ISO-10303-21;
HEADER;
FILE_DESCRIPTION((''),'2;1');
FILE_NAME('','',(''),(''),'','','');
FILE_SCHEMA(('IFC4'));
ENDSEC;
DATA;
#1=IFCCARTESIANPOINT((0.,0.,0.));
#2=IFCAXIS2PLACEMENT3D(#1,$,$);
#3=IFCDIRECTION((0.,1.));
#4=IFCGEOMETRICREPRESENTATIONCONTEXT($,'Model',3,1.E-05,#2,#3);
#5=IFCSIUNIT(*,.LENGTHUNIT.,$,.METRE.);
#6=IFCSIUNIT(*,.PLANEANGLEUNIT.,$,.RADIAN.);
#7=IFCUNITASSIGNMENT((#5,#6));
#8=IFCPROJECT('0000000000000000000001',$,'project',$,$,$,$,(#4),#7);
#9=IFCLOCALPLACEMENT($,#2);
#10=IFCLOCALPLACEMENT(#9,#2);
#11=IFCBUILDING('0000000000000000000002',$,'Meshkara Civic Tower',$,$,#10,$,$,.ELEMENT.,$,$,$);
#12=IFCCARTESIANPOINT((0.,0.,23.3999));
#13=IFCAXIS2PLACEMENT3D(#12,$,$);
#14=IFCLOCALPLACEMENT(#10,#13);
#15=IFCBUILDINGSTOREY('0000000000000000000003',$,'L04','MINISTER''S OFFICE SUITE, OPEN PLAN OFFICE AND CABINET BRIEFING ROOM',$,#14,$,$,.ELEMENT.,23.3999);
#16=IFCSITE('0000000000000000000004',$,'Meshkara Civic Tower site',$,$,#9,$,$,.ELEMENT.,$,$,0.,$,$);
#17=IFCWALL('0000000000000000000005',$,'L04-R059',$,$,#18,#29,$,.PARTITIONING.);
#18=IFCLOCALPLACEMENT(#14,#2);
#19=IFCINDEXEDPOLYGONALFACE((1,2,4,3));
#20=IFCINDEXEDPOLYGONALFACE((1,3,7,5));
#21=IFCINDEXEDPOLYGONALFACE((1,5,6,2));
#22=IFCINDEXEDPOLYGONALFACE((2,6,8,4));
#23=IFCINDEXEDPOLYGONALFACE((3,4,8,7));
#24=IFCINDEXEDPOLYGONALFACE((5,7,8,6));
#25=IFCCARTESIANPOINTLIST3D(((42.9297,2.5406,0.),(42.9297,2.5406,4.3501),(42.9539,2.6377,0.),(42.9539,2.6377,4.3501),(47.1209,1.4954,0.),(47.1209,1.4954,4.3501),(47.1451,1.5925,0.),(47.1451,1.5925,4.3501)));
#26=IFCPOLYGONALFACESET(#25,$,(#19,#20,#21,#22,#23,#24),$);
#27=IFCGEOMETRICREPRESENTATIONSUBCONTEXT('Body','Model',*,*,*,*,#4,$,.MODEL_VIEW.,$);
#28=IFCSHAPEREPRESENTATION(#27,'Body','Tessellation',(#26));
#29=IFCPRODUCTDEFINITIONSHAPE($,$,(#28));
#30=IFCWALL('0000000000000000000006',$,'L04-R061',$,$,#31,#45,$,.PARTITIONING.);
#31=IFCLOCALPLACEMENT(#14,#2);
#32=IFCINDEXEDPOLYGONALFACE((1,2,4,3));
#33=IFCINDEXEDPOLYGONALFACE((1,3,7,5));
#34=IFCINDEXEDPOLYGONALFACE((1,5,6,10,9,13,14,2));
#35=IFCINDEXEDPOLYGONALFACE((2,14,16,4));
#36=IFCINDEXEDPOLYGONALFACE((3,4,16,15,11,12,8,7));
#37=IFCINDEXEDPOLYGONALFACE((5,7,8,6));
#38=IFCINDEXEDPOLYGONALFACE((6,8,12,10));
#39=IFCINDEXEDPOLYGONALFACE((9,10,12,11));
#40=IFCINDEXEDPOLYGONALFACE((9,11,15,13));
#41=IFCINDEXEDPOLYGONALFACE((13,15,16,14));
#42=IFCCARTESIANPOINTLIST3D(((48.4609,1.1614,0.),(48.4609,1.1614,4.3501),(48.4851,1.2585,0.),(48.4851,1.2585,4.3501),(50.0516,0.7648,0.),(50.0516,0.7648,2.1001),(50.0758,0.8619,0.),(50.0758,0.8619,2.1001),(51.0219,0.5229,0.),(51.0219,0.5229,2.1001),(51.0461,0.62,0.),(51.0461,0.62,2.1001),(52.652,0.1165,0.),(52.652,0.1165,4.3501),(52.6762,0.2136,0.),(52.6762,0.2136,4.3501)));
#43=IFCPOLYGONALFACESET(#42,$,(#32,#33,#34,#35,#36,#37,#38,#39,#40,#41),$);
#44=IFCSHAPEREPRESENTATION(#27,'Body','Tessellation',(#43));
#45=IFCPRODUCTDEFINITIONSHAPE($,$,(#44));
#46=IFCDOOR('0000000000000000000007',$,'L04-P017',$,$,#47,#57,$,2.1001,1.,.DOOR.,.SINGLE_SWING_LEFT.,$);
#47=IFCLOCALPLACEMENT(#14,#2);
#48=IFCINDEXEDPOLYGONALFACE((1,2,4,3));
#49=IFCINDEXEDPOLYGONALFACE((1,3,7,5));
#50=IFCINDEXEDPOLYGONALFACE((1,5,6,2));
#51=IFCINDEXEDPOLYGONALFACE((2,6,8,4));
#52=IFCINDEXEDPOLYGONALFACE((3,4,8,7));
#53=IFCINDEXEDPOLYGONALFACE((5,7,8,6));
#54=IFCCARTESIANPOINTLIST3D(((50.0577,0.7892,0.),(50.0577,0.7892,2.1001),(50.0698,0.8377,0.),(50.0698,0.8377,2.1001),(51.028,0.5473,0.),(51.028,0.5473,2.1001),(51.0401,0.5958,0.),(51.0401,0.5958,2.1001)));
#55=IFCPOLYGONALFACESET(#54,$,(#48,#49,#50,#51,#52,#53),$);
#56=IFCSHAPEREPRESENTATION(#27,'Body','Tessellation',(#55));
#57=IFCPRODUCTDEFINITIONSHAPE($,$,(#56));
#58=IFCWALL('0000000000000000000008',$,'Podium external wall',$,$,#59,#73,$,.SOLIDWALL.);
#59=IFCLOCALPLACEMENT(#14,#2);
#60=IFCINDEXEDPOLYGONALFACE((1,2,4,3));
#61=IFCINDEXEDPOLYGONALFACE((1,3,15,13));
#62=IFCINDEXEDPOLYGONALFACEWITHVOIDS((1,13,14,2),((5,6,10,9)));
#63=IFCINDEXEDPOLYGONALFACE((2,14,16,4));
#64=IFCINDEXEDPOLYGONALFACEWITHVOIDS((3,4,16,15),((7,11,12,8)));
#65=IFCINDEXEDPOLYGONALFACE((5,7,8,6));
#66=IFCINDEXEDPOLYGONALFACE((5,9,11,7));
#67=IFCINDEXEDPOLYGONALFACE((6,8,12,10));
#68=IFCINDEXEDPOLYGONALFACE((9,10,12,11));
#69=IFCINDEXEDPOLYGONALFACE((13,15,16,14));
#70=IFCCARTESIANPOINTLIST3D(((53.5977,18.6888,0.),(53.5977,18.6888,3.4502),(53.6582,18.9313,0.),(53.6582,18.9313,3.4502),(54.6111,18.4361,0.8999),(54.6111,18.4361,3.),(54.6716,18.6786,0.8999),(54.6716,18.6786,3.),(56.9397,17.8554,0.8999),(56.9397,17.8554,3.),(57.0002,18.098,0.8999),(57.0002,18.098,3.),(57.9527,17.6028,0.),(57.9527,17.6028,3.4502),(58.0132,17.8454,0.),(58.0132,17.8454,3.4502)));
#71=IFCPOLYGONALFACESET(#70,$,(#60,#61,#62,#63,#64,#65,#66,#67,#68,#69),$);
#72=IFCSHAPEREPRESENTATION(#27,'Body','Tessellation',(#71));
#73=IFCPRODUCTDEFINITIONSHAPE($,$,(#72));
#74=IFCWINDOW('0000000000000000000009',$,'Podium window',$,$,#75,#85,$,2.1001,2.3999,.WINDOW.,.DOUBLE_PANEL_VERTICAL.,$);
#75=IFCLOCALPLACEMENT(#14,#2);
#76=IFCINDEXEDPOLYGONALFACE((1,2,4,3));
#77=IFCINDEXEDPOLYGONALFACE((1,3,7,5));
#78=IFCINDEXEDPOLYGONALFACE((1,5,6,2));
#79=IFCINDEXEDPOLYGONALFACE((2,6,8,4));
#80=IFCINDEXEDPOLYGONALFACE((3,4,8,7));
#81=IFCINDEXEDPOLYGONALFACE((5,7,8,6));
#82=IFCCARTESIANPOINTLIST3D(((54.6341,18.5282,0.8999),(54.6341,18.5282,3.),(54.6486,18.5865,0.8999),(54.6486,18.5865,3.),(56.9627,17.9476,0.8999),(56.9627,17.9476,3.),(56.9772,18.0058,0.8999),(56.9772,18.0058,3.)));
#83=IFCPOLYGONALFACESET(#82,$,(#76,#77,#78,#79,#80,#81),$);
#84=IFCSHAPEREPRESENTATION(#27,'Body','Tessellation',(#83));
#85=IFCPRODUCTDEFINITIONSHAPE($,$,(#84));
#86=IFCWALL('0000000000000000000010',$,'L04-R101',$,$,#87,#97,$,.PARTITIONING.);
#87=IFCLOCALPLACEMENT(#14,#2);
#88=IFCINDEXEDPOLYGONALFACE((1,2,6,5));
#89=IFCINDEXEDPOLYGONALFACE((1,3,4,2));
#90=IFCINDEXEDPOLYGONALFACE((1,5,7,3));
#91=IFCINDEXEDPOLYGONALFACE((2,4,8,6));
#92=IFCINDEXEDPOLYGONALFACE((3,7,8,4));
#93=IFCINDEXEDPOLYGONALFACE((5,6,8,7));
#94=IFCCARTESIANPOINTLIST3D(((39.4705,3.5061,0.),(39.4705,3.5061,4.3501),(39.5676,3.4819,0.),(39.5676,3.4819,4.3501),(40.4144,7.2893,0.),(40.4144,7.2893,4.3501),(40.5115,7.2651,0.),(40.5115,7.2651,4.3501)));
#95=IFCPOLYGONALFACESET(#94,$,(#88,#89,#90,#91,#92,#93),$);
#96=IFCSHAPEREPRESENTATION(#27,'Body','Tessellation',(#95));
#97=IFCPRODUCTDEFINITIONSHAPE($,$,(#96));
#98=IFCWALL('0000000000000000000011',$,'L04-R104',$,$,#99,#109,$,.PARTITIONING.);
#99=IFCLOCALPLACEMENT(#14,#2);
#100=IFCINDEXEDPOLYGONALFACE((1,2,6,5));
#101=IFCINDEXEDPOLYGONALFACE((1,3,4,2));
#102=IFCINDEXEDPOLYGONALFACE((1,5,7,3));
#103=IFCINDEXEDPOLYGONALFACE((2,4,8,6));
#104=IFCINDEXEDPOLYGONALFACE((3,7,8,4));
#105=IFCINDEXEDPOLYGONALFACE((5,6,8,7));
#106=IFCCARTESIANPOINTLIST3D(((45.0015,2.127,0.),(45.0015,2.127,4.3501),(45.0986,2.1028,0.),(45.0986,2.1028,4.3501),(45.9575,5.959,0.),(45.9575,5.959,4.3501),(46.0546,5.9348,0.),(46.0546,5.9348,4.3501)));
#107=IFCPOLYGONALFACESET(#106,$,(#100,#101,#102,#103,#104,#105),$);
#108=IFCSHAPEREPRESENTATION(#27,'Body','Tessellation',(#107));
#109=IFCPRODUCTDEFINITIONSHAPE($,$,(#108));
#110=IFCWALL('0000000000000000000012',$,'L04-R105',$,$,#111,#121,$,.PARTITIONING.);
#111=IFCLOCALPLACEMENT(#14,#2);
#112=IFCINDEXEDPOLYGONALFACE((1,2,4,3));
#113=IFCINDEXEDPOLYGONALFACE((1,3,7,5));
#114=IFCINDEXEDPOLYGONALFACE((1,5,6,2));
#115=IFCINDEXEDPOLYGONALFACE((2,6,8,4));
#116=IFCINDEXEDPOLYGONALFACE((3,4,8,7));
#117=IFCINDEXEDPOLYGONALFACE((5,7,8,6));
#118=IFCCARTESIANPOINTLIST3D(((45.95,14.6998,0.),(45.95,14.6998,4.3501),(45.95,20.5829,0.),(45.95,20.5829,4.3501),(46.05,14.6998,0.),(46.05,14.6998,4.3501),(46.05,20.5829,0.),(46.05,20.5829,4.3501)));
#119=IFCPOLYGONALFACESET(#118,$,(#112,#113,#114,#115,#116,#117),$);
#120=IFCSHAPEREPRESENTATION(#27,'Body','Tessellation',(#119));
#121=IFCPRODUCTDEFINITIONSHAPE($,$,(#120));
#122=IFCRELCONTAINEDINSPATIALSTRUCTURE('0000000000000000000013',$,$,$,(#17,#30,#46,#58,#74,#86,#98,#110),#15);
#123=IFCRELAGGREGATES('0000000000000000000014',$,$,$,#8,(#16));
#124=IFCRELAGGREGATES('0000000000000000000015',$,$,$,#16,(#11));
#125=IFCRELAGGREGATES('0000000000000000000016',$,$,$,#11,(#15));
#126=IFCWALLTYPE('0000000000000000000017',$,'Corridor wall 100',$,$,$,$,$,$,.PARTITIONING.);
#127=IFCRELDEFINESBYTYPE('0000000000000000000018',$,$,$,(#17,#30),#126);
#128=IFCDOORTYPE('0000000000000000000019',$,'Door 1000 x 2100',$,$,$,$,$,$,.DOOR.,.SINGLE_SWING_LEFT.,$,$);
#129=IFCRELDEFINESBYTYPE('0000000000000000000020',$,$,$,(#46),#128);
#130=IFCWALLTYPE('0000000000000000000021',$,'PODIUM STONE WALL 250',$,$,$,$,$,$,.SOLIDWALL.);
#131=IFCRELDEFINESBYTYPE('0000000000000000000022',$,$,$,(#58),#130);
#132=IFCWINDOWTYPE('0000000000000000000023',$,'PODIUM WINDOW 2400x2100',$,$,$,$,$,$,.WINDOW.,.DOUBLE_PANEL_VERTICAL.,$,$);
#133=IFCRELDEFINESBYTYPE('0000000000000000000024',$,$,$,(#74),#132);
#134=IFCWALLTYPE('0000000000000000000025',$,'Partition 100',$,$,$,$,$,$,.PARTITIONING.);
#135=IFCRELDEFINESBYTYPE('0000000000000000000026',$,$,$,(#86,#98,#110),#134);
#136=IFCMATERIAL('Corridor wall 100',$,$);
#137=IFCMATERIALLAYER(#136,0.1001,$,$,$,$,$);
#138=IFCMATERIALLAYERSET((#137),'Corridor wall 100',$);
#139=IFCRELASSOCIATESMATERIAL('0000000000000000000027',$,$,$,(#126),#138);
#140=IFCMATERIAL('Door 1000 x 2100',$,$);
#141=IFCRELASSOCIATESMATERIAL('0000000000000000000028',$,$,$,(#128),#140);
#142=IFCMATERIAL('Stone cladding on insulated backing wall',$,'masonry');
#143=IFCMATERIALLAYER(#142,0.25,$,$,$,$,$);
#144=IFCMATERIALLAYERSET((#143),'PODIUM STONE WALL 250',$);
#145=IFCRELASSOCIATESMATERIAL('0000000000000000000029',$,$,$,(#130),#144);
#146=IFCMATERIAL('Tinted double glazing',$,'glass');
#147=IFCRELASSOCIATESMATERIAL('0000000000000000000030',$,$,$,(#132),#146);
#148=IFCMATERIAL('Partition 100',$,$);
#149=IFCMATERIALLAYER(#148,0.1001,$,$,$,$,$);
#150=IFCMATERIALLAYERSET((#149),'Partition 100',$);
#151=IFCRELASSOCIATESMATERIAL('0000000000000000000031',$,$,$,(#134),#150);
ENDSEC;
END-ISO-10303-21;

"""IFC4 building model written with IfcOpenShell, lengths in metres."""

from ifc_helpers import new_model, si_unit, direction, frame, frame_2d, origin, place, context, subcontext, project, spatial, rectangle, extrude, material, layer, layer_set, type_object, element, fill, save


model = new_model("IFC4")

# Units and contexts
model_context = context("Model", 3, precision=1e-05, world=origin(), true_north=direction((0.0, 1.0)))
body_context = subcontext(model_context, "Body", "Model", "MODEL_VIEW")
ifc_project = project(units=[si_unit("LENGTHUNIT", "METRE"), si_unit("PLANEANGLEUNIT", "RADIAN")], contexts=[model_context])

# Site, building, storey
site_placement = place(None, origin())
site = spatial("IfcSite", under=ifc_project, at=site_placement, Name="Meshkara Civic Tower site", CompositionType="ELEMENT", RefElevation=0.0)
building_placement = place(site_placement, origin())
building = spatial("IfcBuilding", under=site, at=building_placement, Name="Meshkara Civic Tower", CompositionType="ELEMENT")
storey_placement = place(building_placement, frame((0.0, 0.0, 23.3999)))
storey = spatial("IfcBuildingStorey", under=building, at=storey_placement, Name="L04", Description="MINISTER'S OFFICE SUITE, OPEN PLAN OFFICE AND CABINET BRIEFING ROOM", CompositionType="ELEMENT", Elevation=23.3999)

# Shared definitions
ifc_material_1 = material(Name="Corridor wall 100")
ifc_layer_1 = layer(ifc_material_1, 0.1001)
ifc_layer_set_1 = layer_set([ifc_layer_1], Name="Corridor wall 100")
wall_type_1 = type_object("IfcWallType", Name="Corridor wall 100", PredefinedType="PARTITIONING", material=ifc_layer_set_1)

# Shared definitions
ifc_material_2 = material(Name="Door 1000 x 2100")
door_type_1 = type_object("IfcDoorType", Name="Door 1000 x 2100", OperationType="SINGLE_SWING_LEFT", PredefinedType="DOOR", material=ifc_material_2)

# Wall
wall_1_placement = place(storey_placement, frame((42.9419, 2.5891, 0.0), z_axis=(0.0, 0.0, 1.0), x_axis=(0.970285, -0.241964, 0.0)))
element("IfcWall", 1, at=wall_1_placement, inside=storey, type_object=wall_type_1, Name="L04-R059", PredefinedType="PARTITIONING", context=body_context, shape_type="SweptSolid", body=[
    extrude(rectangle(XDim=4.3196, YDim=0.1001, at=frame_2d((2.1597, 0.0))), origin(), (0.0, 0.0, 1.0), 4.3501),
])

# Wall, opening, door
wall_2_placement = place(storey_placement, frame((52.6641, 0.165, 0.0), z_axis=(0.0, 0.0, 1.0), x_axis=(-0.970299, 0.241911, 0.0)))
wall_2 = element("IfcWall", 2, at=wall_2_placement, inside=storey, type_object=wall_type_1, Name="L04-R061", PredefinedType="PARTITIONING", context=body_context, shape_type="SweptSolid", body=[
    extrude(rectangle(XDim=4.3193, YDim=0.1001, at=frame_2d((2.1597, 0.0))), origin(), (0.0, 0.0, 1.0), 4.3501),
])
opening_1_placement = place(wall_2_placement, frame((1.6799, 0.0, 0.0)))
opening_1 = element("IfcOpeningElement", 3, at=opening_1_placement, cuts=wall_2, PredefinedType="OPENING", context=body_context, shape_type="SweptSolid", body=[
    extrude(rectangle(XDim=1.0, YDim=2.1001, at=frame_2d((0.5, 1.05))), frame((0.0, 0.0601, 0.0), z_axis=(0.0, -1.0, 0.0), x_axis=(1.0, 0.0, 0.0)), (0.0, 0.0, 1.0), 0.1201),
])
door_1_placement = place(opening_1_placement, origin())
door_1 = element("IfcDoor", 4, at=door_1_placement, inside=storey, type_object=door_type_1, Name="L04-P017", OperationType="SINGLE_SWING_LEFT", OverallHeight=2.1001, OverallWidth=1.0, PredefinedType="DOOR", context=body_context, shape_type="SweptSolid", body=[
    extrude(rectangle(XDim=1.0, YDim=2.1001, at=frame_2d((0.5, 1.05))), frame((0.0, 0.0249, 0.0), z_axis=(0.0, -1.0, 0.0), x_axis=(1.0, 0.0, 0.0)), (0.0, 0.0, 1.0), 0.05),
])
fill(opening_1, door_1)

# Wall, opening, window
ifc_material_3 = material(Name="Stone cladding on insulated backing wall", Category="masonry")
ifc_layer_2 = layer(ifc_material_3, 0.25)
ifc_layer_set_2 = layer_set([ifc_layer_2], Name="PODIUM STONE WALL 250")
wall_type_2 = type_object("IfcWallType", Name="PODIUM STONE WALL 250", PredefinedType="SOLIDWALL", material=ifc_layer_set_2)
wall_3_placement = place(storey_placement, frame((57.9829, 17.7241, 0.0), z_axis=(0.0, 0.0, 1.0), x_axis=(-0.97029, 0.241947, 0.0)))
wall_3 = element("IfcWall", 5, at=wall_3_placement, inside=storey, type_object=wall_type_2, Name="Podium external wall", PredefinedType="SOLIDWALL", context=body_context, shape_type="SweptSolid", body=[
    extrude(rectangle(XDim=4.4883, YDim=0.25, at=frame_2d((2.2441, 0.0))), origin(), (0.0, 0.0, 1.0), 3.4502),
])
opening_2_placement = place(wall_3_placement, frame((1.0439, 0.0, 0.8999)))
opening_2 = element("IfcOpeningElement", 6, at=opening_2_placement, cuts=wall_3, PredefinedType="OPENING", context=body_context, shape_type="SweptSolid", body=[
    extrude(rectangle(XDim=2.3999, YDim=2.1001, at=frame_2d((1.2, 1.05))), frame((0.0, 0.135, 0.0), z_axis=(0.0, -1.0, 0.0), x_axis=(1.0, 0.0, 0.0)), (0.0, 0.0, 1.0), 0.27),
])
ifc_material_4 = material(Name="Tinted double glazing", Category="glass")
window_type = type_object("IfcWindowType", Name="PODIUM WINDOW 2400x2100", PartitioningType="DOUBLE_PANEL_VERTICAL", PredefinedType="WINDOW", material=ifc_material_4)
window_placement = place(opening_2_placement, origin())
window = element("IfcWindow", 7, at=window_placement, inside=storey, type_object=window_type, Name="Podium window", OverallHeight=2.1001, OverallWidth=2.3999, PartitioningType="DOUBLE_PANEL_VERTICAL", PredefinedType="WINDOW", context=body_context, shape_type="SweptSolid", body=[
    extrude(rectangle(XDim=2.3999, YDim=2.1001, at=frame_2d((1.2, 1.05))), frame((0.0, 0.03, 0.0), z_axis=(0.0, -1.0, 0.0), x_axis=(1.0, 0.0, 0.0)), (0.0, 0.0, 1.0), 0.0601),
])
fill(opening_2, window)

# Walls
ifc_material_5 = material(Name="Partition 100")
ifc_layer_3 = layer(ifc_material_5, 0.1001)
ifc_layer_set_3 = layer_set([ifc_layer_3], Name="Partition 100")
wall_type_3 = type_object("IfcWallType", Name="Partition 100", PredefinedType="PARTITIONING", material=ifc_layer_set_3)
wall_4_placement = place(storey_placement, frame((39.519, 3.4939, 0.0), z_axis=(0.0, 0.0, 1.0), x_axis=(0.242064, 0.97026, 0.0)))
element("IfcWall", 8, at=wall_4_placement, inside=storey, type_object=wall_type_3, Name="L04-R101", PredefinedType="PARTITIONING", context=body_context, shape_type="SweptSolid", body=[
    extrude(rectangle(XDim=3.8992, YDim=0.1001, at=frame_2d((1.9497, 0.0))), origin(), (0.0, 0.0, 1.0), 4.3501),
])
wall_5_placement = place(storey_placement, frame((45.05, 2.115, 0.0), z_axis=(0.0, 0.0, 1.0), x_axis=(0.24207, 0.970259, 0.0)))
element("IfcWall", 9, at=wall_5_placement, inside=storey, type_object=wall_type_3, Name="L04-R104", PredefinedType="PARTITIONING", context=body_context, shape_type="SweptSolid", body=[
    extrude(rectangle(XDim=3.9495, YDim=0.1001, at=frame_2d((1.9746, 0.0))), origin(), (0.0, 0.0, 1.0), 4.3501),
])
wall_6_placement = place(storey_placement, frame((46.0, 14.7, 0.0), z_axis=(0.0, 0.0, 1.0), x_axis=(0.0, 1.0, 0.0)))
element("IfcWall", 10, at=wall_6_placement, inside=storey, type_object=wall_type_3, Name="L04-R105", PredefinedType="PARTITIONING", context=body_context, shape_type="SweptSolid", body=[
    extrude(rectangle(XDim=5.8831, YDim=0.1001, at=frame_2d((2.9414, 0.0))), origin(), (0.0, 0.0, 1.0), 4.3501),
])

save(model, "model.ifc")
